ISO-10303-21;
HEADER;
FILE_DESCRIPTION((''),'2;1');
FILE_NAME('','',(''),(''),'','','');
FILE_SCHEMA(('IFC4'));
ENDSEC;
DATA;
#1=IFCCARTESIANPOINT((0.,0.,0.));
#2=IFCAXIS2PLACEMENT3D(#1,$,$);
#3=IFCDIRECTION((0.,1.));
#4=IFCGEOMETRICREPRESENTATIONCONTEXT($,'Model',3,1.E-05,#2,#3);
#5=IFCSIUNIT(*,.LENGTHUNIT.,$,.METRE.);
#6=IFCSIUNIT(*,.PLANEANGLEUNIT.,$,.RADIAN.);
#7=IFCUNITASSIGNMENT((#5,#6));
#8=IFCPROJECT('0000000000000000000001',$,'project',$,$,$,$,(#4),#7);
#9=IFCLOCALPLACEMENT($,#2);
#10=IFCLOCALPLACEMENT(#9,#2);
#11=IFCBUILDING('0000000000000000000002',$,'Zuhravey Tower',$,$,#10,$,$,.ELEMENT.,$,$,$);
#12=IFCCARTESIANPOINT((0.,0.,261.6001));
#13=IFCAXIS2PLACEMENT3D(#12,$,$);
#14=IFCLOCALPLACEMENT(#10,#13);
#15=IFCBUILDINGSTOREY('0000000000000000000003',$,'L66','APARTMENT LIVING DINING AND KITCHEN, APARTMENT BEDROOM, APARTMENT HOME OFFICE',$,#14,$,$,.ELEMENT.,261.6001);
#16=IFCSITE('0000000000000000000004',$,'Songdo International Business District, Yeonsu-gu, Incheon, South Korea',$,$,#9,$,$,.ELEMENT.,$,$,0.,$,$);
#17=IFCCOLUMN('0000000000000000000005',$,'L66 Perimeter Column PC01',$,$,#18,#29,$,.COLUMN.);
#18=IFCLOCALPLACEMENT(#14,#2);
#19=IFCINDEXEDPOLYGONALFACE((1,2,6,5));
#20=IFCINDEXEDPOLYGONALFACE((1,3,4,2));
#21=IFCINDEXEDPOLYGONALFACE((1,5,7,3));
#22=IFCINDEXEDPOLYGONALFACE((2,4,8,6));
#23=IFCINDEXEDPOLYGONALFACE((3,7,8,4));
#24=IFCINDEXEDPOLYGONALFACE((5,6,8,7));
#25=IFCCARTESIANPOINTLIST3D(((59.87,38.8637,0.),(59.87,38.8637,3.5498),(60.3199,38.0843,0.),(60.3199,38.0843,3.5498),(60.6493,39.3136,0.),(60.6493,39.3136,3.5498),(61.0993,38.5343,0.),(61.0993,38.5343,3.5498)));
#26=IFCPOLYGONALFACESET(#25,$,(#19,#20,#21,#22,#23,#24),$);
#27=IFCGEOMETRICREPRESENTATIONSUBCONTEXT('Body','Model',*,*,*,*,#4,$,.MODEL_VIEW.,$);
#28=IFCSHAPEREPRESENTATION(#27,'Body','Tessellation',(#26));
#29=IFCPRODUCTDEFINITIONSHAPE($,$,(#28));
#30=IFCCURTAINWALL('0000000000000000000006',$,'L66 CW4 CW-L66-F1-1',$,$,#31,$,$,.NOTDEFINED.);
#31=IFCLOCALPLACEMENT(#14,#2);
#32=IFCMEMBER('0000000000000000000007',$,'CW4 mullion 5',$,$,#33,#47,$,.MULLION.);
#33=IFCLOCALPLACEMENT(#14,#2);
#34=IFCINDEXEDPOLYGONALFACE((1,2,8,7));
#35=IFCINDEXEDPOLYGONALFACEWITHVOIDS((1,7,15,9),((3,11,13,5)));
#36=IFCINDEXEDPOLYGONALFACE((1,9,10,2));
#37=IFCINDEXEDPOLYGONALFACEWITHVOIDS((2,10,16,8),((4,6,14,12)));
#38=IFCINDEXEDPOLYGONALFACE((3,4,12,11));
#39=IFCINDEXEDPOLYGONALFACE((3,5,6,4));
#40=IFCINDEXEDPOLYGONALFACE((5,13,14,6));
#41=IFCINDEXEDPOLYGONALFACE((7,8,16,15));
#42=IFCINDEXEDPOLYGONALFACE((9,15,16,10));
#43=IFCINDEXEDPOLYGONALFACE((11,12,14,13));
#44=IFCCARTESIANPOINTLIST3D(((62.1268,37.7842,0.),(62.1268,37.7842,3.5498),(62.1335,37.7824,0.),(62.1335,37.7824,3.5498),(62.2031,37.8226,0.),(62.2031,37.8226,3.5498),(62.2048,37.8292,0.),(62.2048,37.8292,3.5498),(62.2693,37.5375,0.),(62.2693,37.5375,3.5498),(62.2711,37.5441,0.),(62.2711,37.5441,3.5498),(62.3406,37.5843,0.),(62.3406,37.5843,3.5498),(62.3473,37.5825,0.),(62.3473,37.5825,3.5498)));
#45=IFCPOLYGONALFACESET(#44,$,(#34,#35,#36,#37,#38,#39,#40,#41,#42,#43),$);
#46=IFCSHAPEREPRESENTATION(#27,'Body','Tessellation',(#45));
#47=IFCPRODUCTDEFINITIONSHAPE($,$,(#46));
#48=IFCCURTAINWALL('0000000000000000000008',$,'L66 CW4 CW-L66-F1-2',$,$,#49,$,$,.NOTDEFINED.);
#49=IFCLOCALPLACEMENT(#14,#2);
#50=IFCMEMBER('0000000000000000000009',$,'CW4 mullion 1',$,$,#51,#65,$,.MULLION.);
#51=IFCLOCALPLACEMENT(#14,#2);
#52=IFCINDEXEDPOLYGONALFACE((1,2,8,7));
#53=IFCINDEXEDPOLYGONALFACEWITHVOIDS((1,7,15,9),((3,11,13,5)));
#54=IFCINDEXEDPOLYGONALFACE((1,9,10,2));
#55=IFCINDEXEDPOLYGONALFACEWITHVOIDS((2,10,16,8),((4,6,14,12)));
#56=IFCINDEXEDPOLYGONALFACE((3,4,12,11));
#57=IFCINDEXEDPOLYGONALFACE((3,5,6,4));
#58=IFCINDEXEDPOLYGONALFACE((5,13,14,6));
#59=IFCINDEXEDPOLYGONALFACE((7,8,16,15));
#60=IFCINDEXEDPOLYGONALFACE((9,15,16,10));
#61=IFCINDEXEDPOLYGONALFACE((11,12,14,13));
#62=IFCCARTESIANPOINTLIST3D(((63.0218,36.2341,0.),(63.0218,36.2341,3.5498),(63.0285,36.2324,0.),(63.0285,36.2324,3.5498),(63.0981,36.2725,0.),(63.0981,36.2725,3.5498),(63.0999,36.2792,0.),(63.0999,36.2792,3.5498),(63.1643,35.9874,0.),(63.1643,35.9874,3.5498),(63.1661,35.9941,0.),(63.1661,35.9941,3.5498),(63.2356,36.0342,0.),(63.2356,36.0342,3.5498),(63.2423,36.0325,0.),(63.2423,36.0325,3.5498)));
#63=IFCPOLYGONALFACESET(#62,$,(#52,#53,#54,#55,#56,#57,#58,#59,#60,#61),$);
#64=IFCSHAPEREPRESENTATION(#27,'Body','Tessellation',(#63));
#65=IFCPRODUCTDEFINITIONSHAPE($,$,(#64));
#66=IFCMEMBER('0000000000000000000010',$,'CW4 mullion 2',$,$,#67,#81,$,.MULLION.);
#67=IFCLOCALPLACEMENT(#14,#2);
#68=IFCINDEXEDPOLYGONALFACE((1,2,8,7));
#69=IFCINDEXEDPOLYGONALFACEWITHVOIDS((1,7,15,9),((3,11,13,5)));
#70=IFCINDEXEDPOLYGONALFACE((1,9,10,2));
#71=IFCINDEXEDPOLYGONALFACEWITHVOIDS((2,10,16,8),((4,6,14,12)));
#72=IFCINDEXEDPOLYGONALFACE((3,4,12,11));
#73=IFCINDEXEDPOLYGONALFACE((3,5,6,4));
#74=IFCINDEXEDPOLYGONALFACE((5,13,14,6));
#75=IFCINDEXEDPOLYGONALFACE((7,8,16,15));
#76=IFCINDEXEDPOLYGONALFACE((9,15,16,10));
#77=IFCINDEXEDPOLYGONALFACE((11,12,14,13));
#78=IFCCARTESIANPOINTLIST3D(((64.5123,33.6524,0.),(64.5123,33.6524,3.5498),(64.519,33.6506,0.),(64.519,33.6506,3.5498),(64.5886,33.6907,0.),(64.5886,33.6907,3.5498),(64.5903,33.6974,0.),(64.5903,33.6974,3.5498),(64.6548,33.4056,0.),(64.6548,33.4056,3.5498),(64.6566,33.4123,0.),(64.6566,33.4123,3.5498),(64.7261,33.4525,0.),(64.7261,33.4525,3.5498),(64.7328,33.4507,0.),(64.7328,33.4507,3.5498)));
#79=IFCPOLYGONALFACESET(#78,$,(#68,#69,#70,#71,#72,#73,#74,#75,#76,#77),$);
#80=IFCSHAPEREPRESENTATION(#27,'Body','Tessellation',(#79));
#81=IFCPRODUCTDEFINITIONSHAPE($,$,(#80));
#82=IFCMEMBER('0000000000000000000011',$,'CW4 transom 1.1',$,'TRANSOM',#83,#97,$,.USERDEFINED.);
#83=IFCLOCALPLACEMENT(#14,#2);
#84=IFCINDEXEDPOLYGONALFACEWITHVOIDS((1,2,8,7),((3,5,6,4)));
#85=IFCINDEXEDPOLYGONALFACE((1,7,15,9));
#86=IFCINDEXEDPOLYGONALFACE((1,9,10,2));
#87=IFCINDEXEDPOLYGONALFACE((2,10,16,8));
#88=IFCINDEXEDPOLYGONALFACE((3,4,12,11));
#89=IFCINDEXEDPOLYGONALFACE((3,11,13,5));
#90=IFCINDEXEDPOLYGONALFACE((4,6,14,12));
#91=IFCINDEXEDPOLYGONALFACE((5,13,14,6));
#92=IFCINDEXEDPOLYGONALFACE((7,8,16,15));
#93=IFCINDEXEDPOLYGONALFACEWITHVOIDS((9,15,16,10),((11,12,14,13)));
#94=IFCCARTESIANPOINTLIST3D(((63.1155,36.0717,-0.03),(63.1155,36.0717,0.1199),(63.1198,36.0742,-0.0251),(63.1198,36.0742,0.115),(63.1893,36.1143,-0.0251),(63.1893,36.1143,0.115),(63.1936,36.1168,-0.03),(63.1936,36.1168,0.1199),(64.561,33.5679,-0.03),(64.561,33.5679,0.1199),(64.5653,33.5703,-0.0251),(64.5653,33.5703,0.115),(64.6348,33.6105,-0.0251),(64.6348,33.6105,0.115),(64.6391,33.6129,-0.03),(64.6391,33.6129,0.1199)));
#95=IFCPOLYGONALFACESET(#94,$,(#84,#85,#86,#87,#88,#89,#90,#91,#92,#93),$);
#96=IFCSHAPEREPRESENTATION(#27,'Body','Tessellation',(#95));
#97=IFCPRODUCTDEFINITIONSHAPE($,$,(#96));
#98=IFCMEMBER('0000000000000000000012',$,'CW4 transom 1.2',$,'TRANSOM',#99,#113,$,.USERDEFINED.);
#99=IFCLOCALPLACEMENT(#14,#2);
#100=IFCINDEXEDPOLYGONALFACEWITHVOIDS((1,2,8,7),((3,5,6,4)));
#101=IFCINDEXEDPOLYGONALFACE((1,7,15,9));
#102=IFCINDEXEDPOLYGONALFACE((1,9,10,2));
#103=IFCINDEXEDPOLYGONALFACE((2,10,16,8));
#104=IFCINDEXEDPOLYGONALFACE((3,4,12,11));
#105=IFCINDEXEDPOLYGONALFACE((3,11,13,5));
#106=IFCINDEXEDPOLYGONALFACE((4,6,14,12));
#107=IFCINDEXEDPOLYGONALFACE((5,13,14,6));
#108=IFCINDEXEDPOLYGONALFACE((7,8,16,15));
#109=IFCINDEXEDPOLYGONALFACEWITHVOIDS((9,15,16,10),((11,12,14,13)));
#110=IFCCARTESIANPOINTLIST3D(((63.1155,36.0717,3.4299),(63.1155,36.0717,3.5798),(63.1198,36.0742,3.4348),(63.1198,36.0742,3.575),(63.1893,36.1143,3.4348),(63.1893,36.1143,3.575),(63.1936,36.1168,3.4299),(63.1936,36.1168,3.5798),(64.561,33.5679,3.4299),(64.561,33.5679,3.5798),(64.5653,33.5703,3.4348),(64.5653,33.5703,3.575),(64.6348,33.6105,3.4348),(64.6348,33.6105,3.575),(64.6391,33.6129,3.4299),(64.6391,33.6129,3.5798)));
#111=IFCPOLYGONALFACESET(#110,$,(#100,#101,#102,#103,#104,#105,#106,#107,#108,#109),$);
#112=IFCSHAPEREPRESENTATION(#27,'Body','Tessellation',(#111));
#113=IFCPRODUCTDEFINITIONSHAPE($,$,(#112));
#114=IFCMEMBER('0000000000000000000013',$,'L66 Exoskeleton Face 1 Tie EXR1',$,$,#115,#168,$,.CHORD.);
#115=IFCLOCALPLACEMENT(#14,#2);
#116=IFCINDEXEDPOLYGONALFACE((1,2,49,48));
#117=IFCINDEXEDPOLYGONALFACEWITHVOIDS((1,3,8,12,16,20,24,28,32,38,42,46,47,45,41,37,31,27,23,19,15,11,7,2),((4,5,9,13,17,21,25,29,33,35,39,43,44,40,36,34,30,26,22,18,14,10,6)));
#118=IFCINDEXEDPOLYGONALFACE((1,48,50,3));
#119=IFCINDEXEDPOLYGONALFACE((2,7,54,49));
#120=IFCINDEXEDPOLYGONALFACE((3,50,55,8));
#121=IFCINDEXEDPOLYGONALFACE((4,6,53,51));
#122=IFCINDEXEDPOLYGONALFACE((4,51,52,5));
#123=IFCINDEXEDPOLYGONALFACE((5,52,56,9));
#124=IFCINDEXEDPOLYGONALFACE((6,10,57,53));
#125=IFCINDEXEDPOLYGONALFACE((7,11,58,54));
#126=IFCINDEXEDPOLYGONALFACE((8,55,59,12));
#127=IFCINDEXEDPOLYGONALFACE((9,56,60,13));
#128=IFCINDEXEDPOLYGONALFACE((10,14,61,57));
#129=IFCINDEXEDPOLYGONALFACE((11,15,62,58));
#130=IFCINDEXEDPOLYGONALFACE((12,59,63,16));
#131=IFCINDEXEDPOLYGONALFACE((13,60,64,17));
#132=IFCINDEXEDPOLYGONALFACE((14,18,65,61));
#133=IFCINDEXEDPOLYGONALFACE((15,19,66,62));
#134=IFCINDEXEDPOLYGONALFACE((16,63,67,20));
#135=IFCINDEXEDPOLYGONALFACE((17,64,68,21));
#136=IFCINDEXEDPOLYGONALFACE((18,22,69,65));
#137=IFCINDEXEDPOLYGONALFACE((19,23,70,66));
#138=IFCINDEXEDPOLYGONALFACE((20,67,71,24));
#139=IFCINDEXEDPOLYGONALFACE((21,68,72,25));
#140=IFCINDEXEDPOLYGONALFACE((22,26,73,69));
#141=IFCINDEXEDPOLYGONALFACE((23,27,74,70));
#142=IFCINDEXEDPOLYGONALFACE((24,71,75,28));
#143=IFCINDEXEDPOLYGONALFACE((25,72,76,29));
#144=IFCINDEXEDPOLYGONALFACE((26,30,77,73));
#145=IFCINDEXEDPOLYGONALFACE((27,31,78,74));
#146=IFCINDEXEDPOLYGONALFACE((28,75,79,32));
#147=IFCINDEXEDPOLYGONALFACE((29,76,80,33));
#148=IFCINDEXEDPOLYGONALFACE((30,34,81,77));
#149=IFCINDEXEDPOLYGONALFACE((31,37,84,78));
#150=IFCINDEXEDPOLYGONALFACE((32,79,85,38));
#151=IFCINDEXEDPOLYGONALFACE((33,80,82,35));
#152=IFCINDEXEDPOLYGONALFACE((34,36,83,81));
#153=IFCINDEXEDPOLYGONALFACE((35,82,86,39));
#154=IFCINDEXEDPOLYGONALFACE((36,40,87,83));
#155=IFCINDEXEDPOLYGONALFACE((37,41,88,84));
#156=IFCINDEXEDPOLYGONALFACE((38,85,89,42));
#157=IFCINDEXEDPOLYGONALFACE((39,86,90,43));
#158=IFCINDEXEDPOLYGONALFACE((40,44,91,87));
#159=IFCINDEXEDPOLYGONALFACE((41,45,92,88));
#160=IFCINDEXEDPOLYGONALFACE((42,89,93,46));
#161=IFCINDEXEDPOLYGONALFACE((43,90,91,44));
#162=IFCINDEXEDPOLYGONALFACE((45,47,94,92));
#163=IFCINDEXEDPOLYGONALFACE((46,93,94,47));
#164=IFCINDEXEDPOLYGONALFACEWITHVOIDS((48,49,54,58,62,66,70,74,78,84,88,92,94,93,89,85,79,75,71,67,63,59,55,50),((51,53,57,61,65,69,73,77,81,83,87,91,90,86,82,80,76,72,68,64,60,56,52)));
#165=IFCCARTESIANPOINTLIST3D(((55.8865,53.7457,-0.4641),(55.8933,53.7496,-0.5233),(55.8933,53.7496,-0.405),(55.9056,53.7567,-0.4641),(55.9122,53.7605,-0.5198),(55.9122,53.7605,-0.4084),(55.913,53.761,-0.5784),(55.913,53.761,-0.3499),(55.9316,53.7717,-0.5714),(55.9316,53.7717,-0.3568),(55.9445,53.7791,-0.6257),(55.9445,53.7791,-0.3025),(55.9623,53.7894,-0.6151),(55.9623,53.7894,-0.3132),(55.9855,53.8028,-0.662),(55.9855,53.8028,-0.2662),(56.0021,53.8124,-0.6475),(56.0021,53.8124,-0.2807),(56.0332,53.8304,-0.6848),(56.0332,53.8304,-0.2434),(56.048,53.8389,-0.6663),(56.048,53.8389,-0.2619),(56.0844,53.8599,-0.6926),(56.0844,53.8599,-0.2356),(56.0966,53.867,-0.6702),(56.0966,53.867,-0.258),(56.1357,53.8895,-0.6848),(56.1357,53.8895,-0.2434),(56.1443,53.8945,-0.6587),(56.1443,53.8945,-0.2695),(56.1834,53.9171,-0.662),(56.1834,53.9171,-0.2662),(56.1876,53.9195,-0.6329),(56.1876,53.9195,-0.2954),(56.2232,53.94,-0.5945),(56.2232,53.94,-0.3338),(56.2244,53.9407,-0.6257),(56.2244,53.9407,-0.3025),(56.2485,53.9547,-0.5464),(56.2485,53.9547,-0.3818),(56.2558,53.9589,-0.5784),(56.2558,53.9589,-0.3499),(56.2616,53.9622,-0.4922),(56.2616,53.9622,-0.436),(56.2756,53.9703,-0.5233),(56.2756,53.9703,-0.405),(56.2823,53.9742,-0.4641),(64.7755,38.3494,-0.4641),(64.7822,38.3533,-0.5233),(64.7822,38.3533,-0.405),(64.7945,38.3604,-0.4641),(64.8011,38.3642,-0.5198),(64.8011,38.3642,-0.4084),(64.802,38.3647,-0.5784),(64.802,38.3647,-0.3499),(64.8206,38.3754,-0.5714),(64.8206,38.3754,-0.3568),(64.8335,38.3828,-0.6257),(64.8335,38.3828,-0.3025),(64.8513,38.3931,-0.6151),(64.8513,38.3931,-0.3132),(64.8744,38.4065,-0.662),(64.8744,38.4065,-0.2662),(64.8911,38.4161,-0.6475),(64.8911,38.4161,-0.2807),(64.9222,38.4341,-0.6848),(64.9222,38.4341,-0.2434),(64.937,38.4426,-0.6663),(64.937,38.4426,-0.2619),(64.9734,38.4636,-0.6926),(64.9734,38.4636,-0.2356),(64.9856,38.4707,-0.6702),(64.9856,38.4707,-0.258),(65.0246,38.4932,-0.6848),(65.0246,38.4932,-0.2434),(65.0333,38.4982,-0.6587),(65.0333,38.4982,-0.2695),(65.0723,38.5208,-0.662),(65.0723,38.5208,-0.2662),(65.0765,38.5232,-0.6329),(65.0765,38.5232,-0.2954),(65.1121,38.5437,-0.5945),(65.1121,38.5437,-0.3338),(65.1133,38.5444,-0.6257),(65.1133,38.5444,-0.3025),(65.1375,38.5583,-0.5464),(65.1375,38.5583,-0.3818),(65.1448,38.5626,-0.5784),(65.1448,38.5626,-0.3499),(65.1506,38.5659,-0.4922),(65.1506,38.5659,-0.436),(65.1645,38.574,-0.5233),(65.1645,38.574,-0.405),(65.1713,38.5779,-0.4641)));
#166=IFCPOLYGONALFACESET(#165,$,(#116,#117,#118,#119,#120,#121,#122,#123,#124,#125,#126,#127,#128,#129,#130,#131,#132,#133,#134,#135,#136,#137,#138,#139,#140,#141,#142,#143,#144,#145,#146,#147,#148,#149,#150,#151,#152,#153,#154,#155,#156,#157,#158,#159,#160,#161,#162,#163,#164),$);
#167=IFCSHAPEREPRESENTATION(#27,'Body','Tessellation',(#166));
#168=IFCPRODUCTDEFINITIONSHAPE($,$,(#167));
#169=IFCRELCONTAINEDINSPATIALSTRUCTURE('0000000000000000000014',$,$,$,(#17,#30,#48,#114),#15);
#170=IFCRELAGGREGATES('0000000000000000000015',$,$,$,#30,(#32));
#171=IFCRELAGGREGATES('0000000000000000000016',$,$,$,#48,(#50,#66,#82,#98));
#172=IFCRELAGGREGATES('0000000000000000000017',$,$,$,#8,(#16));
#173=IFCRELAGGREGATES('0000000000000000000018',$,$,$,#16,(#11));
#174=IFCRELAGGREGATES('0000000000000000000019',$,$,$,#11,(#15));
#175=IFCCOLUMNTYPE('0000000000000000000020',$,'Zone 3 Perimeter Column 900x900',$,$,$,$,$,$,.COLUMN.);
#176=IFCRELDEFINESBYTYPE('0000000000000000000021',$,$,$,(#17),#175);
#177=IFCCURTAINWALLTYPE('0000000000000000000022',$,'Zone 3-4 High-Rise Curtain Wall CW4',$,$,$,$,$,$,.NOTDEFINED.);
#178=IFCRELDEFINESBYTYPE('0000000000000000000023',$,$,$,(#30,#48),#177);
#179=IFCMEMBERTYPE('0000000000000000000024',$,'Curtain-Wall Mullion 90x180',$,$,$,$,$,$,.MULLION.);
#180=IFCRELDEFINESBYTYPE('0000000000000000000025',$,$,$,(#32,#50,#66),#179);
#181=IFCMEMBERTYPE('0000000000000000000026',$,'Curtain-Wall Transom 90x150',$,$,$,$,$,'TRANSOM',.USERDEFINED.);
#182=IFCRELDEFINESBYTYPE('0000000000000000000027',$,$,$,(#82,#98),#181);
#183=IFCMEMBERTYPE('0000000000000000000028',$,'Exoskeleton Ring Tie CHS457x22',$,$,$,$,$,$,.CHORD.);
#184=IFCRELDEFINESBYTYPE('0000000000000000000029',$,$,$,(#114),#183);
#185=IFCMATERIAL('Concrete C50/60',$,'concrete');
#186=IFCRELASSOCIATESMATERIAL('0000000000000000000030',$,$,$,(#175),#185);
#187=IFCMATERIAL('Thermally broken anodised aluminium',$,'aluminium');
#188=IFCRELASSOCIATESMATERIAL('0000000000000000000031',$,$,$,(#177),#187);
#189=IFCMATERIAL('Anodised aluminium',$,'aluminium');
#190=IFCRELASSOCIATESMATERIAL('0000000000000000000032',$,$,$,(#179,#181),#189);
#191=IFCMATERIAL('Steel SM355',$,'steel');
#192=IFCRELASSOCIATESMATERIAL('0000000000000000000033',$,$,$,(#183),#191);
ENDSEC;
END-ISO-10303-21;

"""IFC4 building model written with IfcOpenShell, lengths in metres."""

from ifc_helpers import new_model, si_unit, direction, frame, origin, origin_2d, place, context, subcontext, project, spatial, rectangle, hollow_rectangle, hollow_circle, extrude, material, material_profile, profile_set, type_object, element, aggregate, save


model = new_model("IFC4")

# Units and contexts
model_context = context("Model", 3, precision=1e-05, world=origin(), true_north=direction((0.0, 1.0)))
body_context = subcontext(model_context, "Body", "Model", "MODEL_VIEW")
ifc_project = project(units=[si_unit("LENGTHUNIT", "METRE"), si_unit("PLANEANGLEUNIT", "RADIAN")], contexts=[model_context])

# Site, building, storey
site_placement = place(None, origin())
site = spatial("IfcSite", under=ifc_project, at=site_placement, Name="Songdo International Business District, Yeonsu-gu, Incheon, South Korea", CompositionType="ELEMENT", RefElevation=0.0)
building_placement = place(site_placement, origin())
building = spatial("IfcBuilding", under=site, at=building_placement, Name="Zuhravey Tower", CompositionType="ELEMENT")
storey_placement = place(building_placement, frame((0.0, 0.0, 261.6001)))
storey = spatial("IfcBuildingStorey", under=building, at=storey_placement, Name="L66", Description="APARTMENT LIVING DINING AND KITCHEN, APARTMENT BEDROOM, APARTMENT HOME OFFICE", CompositionType="ELEMENT", Elevation=261.6001)

# Column
ifc_material_1 = material(Name="Concrete C50/60", Category="concrete")
ifc_material_profile_1 = material_profile(ifc_material_1, rectangle(XDim=0.8999, YDim=0.8999, at=origin_2d()), Name="RC-900x900")
ifc_profile_set_1 = profile_set([ifc_material_profile_1], Name="Concrete C50/60")
column_type = type_object("IfcColumnType", Name="Zone 3 Perimeter Column 900x900", PredefinedType="COLUMN", material=ifc_profile_set_1)
column_placement = place(storey_placement, frame((60.4846, 38.699, 0.0), z_axis=(0.0, 0.0, 1.0), x_axis=(-0.5, 0.866025, 0.0)))
element("IfcColumn", 1, at=column_placement, inside=storey, type_object=column_type, Name="L66 Perimeter Column PC01", PredefinedType="COLUMN", context=body_context, shape_type="SweptSolid", body=[
    extrude(rectangle(XDim=0.8999, YDim=0.8999, at=origin_2d()), origin(), (0.0, 0.0, 1.0), 3.5498),
])

# Curtain wall, member
ifc_material_2 = material(Name="Thermally broken anodised aluminium", Category="aluminium")
curtain_wall_type = type_object("IfcCurtainWallType", Name="Zone 3-4 High-Rise Curtain Wall CW4", PredefinedType="NOTDEFINED", material=ifc_material_2)
curtain_wall_1_placement = place(storey_placement, origin())
curtain_wall_1 = element("IfcCurtainWall", 2, at=curtain_wall_1_placement, inside=storey, type_object=curtain_wall_type, Name="L66 CW4 CW-L66-F1-1", PredefinedType="NOTDEFINED")
ifc_material_3 = material(Name="Anodised aluminium", Category="aluminium")
ifc_material_profile_2 = material_profile(ifc_material_3, hollow_rectangle(XDim=0.0901, YDim=0.2849, WallThickness=0.0049, at=origin_2d()), Name="ALU-RHS-90x285x5")
ifc_profile_set_2 = profile_set([ifc_material_profile_2], Name="Anodised aluminium")
member_type_1 = type_object("IfcMemberType", Name="Curtain-Wall Mullion 90x180", PredefinedType="MULLION", material=ifc_profile_set_2)
member_1_placement = place(storey_placement, frame((62.2371, 37.6833, 0.0), z_axis=(0.0, 0.0, 1.0), x_axis=(0.866026, 0.5, 0.0)))
member_1 = element("IfcMember", 3, at=member_1_placement, type_object=member_type_1, Name="CW4 mullion 5", PredefinedType="MULLION", context=body_context, shape_type="SweptSolid", body=[
    extrude(hollow_rectangle(XDim=0.0901, YDim=0.2849, WallThickness=0.0049, at=origin_2d()), origin(), (0.0, 0.0, 1.0), 3.5498),
])
aggregate(curtain_wall_1, [member_1])

# Curtain wall, members
curtain_wall_2_placement = place(storey_placement, origin())
curtain_wall_2 = element("IfcCurtainWall", 4, at=curtain_wall_2_placement, inside=storey, type_object=curtain_wall_type, Name="L66 CW4 CW-L66-F1-2", PredefinedType="NOTDEFINED")
member_2_placement = place(storey_placement, frame((63.1321, 36.1333, 0.0), z_axis=(0.0, 0.0, 1.0), x_axis=(0.866022, 0.500005, 0.0)))
member_2 = element("IfcMember", 5, at=member_2_placement, type_object=member_type_1, Name="CW4 mullion 1", PredefinedType="MULLION", context=body_context, shape_type="SweptSolid", body=[
    extrude(hollow_rectangle(XDim=0.0901, YDim=0.2849, WallThickness=0.0049, at=origin_2d()), origin(), (0.0, 0.0, 1.0), 3.5498),
])
member_3_placement = place(storey_placement, frame((64.6226, 33.5515, 0.0), z_axis=(0.0, 0.0, 1.0), x_axis=(0.866022, 0.500005, 0.0)))
member_3 = element("IfcMember", 6, at=member_3_placement, type_object=member_type_1, Name="CW4 mullion 2", PredefinedType="MULLION", context=body_context, shape_type="SweptSolid", body=[
    extrude(hollow_rectangle(XDim=0.0901, YDim=0.2849, WallThickness=0.0049, at=origin_2d()), origin(), (0.0, 0.0, 1.0), 3.5498),
])
ifc_material_profile_3 = material_profile(ifc_material_3, hollow_rectangle(XDim=0.0901, YDim=0.1499, WallThickness=0.0049, at=origin_2d()), Name="ALU-RHS-90x150x5")
ifc_profile_set_3 = profile_set([ifc_material_profile_3], Name="Anodised aluminium")
member_type_2 = type_object("IfcMemberType", Name="Curtain-Wall Transom 90x150", ElementType="TRANSOM", PredefinedType="USERDEFINED", material=ifc_profile_set_3)
member_4_placement = place(storey_placement, frame((63.1545, 36.0942, 0.0449), z_axis=(0.499981, -0.866037, 0.0), x_axis=(0.866037, 0.499981, 0.0)))
member_4 = element("IfcMember", 7, at=member_4_placement, type_object=member_type_2, Name="CW4 transom 1.1", ObjectType="TRANSOM", PredefinedType="USERDEFINED", context=body_context, shape_type="SweptSolid", body=[
    extrude(hollow_rectangle(XDim=0.0901, YDim=0.1499, WallThickness=0.0049, at=origin_2d()), origin(), (0.0, 0.0, 1.0), 2.8911),
])
member_5_placement = place(storey_placement, frame((63.1545, 36.0942, 3.5049), z_axis=(0.499981, -0.866037, 0.0), x_axis=(0.866037, 0.499981, 0.0)))
member_5 = element("IfcMember", 8, at=member_5_placement, type_object=member_type_2, Name="CW4 transom 1.2", ObjectType="TRANSOM", PredefinedType="USERDEFINED", context=body_context, shape_type="SweptSolid", body=[
    extrude(hollow_rectangle(XDim=0.0901, YDim=0.1499, WallThickness=0.0049, at=origin_2d()), origin(), (0.0, 0.0, 1.0), 2.8911),
])

# Member
ifc_material_4 = material(Name="Steel SM355", Category="steel")
ifc_material_profile_4 = material_profile(ifc_material_4, hollow_circle(Radius=0.2285, WallThickness=0.022, at=origin_2d()), Name="CHS-457.2x22")
ifc_profile_set_4 = profile_set([ifc_material_profile_4], Name="Steel SM355")
member_type_3 = type_object("IfcMemberType", Name="Exoskeleton Ring Tie CHS457x22", PredefinedType="CHORD", material=ifc_profile_set_4)
member_6_placement = place(storey_placement, frame((64.9734, 38.4636, -0.4641), z_axis=(-0.499995, 0.866028, 0.0), x_axis=(-0.866028, -0.499995, 0.0)))
element("IfcMember", 9, at=member_6_placement, inside=storey, type_object=member_type_3, Name="L66 Exoskeleton Face 1 Tie EXR1", PredefinedType="CHORD", context=body_context, shape_type="SweptSolid", body=[
    extrude(hollow_circle(Radius=0.2285, WallThickness=0.022, at=origin_2d()), origin(), (0.0, 0.0, 1.0), 17.7781),
])

aggregate(curtain_wall_2, [member_2, member_3, member_4, member_5])

save(model, "model.ifc")
